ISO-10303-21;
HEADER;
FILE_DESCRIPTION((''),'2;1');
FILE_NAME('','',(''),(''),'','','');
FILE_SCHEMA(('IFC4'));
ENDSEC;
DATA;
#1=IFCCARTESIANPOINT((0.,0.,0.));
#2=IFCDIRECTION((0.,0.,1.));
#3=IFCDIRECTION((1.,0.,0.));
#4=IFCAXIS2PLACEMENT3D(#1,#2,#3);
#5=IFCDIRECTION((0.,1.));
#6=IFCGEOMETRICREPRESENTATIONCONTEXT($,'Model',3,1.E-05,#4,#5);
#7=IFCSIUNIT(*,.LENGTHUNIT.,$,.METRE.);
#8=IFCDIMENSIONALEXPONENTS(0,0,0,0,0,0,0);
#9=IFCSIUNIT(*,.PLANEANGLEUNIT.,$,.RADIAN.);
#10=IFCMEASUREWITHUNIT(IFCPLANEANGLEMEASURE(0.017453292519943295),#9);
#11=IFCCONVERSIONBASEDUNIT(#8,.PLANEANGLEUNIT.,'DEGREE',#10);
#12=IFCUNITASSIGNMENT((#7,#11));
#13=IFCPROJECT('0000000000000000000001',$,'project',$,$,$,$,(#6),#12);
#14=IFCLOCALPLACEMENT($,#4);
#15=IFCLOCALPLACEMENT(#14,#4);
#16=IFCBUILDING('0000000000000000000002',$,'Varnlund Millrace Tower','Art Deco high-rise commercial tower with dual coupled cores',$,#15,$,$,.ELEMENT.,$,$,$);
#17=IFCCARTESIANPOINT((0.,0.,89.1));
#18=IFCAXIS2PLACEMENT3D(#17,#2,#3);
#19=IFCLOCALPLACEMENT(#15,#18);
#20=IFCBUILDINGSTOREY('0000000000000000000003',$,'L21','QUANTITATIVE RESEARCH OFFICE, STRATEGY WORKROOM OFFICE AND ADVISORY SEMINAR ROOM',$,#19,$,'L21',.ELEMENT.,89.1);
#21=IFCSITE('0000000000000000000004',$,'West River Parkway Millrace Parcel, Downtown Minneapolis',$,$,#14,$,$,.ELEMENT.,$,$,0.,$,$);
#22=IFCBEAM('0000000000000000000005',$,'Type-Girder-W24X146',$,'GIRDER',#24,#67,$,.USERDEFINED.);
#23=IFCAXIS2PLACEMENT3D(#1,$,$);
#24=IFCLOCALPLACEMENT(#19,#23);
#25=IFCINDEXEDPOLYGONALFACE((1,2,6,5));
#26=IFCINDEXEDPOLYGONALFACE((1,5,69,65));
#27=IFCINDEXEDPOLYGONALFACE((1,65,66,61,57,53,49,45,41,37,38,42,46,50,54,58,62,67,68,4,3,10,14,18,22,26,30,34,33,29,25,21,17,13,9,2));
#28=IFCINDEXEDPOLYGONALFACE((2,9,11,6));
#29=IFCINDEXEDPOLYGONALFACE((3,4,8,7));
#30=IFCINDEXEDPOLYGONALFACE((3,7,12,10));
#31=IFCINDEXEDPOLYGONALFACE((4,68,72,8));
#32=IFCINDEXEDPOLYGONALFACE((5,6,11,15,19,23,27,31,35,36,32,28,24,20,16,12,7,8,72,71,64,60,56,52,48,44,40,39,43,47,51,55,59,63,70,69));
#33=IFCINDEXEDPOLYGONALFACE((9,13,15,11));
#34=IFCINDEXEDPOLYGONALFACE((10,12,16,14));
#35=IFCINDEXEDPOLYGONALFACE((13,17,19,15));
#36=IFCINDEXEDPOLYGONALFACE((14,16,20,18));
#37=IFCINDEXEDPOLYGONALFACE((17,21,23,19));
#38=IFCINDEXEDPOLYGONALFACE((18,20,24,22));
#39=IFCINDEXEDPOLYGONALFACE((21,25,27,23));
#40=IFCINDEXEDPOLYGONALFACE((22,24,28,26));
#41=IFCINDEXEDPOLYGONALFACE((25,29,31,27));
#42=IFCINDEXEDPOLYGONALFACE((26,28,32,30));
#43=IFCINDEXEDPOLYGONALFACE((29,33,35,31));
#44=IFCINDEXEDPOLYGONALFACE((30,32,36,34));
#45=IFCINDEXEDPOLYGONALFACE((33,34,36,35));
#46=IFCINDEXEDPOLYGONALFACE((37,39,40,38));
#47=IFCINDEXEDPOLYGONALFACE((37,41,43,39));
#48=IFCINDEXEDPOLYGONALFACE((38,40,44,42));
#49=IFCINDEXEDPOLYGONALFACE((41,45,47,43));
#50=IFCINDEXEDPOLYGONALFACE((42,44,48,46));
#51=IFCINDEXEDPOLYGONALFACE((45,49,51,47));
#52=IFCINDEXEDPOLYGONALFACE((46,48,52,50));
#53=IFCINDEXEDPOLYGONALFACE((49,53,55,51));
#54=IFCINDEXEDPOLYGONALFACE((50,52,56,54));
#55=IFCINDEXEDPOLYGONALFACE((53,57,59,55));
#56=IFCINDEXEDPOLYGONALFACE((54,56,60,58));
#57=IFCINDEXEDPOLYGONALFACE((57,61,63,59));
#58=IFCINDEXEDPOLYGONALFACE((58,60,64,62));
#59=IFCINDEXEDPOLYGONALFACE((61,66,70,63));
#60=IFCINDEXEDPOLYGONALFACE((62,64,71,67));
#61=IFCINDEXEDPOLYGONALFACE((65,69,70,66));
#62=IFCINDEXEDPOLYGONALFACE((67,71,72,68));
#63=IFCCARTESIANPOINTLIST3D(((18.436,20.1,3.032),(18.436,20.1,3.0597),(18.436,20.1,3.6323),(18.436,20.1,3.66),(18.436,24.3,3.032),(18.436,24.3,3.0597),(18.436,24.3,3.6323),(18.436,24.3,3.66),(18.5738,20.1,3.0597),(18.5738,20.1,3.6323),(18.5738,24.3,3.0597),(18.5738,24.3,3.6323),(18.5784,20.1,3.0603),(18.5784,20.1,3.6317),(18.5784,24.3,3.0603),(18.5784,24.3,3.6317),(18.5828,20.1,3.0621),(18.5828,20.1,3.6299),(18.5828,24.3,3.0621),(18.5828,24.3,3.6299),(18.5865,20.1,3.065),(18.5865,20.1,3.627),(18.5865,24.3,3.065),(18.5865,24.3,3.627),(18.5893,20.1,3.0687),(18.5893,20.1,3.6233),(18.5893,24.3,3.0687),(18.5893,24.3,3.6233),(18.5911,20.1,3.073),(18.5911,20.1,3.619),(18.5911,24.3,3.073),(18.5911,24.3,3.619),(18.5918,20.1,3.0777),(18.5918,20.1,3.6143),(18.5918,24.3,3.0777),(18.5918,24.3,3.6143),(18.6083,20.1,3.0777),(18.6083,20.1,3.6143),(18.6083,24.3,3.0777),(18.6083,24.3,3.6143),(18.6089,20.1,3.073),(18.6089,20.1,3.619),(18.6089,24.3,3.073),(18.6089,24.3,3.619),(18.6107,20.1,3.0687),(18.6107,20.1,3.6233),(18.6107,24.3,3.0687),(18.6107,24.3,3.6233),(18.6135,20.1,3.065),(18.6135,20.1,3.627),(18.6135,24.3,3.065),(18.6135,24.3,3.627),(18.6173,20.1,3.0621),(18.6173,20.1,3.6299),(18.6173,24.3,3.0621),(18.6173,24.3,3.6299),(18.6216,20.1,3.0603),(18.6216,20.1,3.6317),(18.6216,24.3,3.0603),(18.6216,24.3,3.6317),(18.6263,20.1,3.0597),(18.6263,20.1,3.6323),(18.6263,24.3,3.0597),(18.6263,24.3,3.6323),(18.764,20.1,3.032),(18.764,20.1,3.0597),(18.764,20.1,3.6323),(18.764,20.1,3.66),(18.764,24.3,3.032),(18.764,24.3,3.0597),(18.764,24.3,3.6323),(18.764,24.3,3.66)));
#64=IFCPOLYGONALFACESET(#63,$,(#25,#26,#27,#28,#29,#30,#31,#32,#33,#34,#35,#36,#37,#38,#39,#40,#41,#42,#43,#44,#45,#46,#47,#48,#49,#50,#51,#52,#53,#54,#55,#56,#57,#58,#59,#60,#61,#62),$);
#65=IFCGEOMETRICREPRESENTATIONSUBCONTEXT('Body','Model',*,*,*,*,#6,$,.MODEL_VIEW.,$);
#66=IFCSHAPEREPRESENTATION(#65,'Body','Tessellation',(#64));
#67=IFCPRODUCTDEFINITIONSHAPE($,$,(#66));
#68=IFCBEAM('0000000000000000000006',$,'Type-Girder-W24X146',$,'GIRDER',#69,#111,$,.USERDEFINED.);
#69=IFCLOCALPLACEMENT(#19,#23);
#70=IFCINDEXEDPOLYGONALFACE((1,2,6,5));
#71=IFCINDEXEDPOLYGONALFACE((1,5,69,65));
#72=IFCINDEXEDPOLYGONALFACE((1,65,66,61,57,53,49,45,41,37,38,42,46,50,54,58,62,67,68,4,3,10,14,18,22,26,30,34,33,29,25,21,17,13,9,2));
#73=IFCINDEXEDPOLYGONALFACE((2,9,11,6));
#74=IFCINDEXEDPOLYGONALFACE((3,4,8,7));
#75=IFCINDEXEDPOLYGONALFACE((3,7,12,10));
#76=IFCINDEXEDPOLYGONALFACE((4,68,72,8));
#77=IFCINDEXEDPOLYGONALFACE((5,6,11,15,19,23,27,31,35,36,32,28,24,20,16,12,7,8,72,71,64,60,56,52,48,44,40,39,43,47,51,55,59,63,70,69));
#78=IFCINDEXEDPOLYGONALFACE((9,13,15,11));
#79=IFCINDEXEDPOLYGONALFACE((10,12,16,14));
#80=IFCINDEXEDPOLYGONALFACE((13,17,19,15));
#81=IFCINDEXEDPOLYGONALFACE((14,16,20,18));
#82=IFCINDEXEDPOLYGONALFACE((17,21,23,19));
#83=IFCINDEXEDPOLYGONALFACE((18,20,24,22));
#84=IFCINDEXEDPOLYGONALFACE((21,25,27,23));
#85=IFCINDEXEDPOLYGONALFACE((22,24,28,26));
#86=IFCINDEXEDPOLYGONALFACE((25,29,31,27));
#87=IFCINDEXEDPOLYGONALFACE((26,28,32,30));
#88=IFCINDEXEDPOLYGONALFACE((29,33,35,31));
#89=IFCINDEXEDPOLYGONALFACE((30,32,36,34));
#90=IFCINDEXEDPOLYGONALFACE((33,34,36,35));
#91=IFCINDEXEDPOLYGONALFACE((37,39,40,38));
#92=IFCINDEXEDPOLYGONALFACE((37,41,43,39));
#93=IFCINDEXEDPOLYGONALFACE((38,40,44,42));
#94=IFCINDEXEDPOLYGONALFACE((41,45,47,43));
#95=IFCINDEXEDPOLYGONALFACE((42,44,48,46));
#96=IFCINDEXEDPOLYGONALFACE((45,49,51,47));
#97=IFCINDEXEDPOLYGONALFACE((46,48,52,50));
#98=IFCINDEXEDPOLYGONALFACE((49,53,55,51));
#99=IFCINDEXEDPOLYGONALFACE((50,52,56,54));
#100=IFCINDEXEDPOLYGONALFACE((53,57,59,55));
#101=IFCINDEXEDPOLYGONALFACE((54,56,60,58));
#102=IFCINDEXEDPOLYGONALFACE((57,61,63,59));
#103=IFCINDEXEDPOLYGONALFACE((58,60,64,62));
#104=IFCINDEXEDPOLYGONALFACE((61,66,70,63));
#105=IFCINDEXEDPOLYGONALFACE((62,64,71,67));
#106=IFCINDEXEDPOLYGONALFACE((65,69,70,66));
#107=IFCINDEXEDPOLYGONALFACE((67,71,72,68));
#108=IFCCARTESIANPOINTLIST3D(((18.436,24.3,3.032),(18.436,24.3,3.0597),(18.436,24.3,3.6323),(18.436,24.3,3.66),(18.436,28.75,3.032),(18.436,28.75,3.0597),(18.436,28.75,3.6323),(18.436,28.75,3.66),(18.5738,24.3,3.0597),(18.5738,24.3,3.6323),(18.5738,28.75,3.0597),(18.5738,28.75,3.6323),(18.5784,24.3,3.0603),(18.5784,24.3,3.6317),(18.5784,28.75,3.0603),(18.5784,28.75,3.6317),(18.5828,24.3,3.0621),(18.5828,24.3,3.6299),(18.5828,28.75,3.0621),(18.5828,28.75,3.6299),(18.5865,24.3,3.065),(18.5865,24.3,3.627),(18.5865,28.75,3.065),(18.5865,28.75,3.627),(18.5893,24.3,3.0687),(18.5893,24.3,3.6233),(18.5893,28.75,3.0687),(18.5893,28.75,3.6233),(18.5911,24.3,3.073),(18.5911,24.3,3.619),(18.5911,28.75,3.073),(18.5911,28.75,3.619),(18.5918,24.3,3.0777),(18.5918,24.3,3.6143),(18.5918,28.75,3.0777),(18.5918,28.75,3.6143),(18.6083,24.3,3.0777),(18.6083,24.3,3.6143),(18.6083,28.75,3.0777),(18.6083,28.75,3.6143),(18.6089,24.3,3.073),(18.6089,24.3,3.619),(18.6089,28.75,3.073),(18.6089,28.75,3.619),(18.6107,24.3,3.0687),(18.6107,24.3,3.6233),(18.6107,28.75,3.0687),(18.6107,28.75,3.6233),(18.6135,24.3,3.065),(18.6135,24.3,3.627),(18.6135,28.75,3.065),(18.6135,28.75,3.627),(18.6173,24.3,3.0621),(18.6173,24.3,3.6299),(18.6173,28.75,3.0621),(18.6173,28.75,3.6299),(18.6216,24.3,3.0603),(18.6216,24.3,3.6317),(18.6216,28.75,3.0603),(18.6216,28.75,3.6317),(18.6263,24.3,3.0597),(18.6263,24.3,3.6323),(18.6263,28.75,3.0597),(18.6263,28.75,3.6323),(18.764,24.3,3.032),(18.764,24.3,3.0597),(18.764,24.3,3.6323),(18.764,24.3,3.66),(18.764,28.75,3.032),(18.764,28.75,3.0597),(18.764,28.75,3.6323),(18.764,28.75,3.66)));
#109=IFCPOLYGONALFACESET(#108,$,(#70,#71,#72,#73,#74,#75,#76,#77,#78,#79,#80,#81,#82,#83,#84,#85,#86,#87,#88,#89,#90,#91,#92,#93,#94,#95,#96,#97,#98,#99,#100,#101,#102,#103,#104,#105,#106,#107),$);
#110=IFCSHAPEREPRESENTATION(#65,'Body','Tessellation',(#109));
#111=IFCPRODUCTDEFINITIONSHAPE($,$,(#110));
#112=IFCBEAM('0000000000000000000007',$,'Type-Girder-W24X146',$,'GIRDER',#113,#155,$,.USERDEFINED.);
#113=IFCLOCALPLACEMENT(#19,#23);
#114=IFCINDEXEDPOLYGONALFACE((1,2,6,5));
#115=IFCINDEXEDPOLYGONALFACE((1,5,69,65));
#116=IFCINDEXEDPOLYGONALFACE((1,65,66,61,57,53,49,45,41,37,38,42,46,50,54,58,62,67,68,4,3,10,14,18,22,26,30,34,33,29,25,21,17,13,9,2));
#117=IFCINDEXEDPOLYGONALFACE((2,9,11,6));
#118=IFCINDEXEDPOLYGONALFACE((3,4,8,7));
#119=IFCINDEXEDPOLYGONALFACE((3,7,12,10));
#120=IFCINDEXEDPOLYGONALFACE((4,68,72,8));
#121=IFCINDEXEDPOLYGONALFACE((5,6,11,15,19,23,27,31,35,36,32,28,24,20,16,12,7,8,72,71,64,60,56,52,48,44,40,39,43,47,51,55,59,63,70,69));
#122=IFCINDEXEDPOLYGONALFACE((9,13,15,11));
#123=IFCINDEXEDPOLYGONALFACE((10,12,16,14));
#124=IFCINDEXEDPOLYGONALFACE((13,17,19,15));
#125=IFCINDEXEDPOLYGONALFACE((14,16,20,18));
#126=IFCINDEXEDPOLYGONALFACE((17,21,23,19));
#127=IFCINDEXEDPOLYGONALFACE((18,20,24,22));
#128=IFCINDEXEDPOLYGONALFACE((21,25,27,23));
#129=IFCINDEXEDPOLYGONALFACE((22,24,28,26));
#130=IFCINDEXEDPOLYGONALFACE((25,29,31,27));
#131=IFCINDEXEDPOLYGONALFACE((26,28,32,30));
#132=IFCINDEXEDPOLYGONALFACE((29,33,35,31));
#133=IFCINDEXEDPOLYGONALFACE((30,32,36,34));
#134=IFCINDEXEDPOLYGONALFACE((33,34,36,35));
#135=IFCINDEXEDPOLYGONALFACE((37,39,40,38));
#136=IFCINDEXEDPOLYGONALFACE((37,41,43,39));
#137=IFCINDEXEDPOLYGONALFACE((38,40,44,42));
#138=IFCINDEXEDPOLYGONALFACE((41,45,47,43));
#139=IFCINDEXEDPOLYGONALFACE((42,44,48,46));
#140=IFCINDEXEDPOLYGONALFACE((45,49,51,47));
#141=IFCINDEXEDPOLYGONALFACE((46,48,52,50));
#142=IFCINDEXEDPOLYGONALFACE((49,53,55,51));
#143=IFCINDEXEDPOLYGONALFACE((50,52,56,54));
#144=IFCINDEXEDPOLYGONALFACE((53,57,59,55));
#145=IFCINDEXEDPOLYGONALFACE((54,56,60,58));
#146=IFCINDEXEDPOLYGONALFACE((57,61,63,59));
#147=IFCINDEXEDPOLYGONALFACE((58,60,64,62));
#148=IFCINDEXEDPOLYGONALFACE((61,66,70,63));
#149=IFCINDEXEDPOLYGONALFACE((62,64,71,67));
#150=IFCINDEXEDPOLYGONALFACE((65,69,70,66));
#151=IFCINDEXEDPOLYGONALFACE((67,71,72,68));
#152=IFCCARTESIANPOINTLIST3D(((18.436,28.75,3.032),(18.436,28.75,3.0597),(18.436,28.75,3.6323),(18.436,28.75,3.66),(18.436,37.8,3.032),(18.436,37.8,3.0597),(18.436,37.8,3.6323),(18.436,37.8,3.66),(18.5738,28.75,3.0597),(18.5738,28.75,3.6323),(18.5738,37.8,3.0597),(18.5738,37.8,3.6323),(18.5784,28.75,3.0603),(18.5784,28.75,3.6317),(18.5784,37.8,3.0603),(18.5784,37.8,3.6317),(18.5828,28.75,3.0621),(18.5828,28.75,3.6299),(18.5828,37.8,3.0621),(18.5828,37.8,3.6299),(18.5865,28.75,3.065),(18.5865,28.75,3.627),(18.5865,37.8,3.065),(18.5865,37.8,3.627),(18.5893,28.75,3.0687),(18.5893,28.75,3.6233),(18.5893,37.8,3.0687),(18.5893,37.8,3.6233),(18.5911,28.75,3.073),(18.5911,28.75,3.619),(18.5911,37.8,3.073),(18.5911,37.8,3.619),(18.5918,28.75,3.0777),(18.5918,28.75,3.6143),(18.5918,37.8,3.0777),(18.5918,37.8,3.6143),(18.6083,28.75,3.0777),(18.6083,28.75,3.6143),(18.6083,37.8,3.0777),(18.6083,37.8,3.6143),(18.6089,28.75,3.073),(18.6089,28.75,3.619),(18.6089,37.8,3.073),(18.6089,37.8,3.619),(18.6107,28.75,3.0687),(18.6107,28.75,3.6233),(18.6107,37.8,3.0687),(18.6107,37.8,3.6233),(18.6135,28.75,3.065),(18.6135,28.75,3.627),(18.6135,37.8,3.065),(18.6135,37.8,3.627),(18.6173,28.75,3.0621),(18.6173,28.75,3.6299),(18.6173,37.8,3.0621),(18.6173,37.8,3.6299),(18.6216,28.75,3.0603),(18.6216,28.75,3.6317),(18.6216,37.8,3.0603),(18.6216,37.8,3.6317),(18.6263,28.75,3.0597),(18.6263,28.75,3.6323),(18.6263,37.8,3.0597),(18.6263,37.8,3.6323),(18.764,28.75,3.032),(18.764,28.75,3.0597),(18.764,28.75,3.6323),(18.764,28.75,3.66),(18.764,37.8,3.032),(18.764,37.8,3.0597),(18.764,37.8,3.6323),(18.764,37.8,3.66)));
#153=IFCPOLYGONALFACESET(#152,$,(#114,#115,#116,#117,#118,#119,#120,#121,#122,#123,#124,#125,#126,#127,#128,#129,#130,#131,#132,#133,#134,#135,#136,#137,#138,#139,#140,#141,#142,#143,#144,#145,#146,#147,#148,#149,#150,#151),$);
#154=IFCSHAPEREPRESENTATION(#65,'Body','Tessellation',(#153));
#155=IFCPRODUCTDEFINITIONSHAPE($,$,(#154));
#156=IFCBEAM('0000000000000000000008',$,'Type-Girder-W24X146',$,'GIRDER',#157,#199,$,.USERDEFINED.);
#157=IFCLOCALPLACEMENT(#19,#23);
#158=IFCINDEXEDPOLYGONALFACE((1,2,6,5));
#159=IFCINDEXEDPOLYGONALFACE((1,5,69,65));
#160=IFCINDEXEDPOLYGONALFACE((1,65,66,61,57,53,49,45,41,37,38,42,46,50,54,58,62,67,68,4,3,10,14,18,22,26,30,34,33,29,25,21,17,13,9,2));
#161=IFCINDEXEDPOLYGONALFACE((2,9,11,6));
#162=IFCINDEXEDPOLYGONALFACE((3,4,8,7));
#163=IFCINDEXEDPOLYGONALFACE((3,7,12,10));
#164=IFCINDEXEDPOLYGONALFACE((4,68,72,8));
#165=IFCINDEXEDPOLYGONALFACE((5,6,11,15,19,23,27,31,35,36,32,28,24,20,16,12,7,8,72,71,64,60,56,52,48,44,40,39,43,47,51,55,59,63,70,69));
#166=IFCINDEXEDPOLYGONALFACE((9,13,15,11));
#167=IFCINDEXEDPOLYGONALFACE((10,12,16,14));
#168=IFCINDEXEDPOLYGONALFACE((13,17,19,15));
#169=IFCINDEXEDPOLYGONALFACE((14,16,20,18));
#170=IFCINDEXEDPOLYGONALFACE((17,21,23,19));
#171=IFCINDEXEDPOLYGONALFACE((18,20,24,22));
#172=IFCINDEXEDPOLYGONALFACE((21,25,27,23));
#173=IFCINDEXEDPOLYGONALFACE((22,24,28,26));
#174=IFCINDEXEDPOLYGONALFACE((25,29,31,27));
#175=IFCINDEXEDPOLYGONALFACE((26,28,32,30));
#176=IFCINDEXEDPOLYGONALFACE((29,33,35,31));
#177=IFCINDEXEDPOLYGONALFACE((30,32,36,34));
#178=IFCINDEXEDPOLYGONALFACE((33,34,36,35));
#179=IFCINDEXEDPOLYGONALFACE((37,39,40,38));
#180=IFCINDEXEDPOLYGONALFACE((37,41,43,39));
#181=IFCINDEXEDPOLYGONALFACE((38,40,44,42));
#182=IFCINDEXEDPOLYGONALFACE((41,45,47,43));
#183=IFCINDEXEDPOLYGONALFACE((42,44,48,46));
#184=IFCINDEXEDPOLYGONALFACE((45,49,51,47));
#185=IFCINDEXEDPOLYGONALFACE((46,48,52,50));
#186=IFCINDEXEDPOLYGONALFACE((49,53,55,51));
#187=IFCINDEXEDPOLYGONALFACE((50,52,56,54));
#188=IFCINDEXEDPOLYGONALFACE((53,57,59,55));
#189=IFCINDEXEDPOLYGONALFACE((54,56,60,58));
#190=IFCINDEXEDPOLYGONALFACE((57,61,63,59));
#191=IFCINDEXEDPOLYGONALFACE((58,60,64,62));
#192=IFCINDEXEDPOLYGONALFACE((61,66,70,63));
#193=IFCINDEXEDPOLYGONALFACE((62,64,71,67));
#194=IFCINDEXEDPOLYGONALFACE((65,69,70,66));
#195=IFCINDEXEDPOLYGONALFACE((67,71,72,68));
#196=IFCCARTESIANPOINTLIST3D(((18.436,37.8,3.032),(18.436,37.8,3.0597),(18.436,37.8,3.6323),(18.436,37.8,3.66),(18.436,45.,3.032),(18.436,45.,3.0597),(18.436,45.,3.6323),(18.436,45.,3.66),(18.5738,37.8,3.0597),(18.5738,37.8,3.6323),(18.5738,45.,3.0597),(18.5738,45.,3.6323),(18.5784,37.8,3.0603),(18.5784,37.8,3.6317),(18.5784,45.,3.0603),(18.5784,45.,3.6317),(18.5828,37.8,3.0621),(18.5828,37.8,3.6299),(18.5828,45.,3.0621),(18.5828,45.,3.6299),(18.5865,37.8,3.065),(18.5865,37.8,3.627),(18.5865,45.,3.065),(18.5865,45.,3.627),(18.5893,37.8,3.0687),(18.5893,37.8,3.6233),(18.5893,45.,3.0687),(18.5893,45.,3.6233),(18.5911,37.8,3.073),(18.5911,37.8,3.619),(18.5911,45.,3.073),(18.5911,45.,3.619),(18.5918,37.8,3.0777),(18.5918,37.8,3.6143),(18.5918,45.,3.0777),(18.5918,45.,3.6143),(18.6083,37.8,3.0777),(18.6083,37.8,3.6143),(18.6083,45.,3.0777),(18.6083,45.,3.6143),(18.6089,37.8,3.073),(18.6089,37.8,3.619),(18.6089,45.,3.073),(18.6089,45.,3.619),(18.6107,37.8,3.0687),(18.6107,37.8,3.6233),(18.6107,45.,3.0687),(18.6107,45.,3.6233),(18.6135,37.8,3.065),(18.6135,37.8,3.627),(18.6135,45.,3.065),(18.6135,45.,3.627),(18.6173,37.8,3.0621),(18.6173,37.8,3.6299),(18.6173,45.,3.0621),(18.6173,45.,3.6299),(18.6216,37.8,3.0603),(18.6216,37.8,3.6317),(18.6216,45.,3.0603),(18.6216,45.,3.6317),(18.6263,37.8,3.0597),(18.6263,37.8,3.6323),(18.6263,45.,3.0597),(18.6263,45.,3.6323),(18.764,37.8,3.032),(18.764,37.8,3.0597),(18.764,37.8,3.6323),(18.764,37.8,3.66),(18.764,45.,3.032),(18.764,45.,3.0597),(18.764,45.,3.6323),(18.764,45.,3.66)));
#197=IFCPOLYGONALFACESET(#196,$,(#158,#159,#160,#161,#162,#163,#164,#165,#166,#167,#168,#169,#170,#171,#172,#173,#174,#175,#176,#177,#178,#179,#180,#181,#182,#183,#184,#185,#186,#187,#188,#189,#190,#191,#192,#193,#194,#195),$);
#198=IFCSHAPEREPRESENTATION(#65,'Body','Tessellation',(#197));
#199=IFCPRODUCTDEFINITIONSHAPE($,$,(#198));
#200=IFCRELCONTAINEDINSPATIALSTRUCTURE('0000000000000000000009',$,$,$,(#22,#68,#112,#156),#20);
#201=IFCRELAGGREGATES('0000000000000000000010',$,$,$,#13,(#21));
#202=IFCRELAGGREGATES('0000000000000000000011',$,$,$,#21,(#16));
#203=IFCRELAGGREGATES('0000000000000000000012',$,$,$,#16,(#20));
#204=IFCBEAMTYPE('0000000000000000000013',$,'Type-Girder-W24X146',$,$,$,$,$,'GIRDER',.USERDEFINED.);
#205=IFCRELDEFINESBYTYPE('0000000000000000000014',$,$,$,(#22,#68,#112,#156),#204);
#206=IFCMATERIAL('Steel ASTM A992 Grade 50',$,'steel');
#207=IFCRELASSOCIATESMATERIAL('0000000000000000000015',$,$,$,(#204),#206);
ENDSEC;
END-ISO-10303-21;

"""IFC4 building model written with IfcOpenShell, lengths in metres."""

from ifc_helpers import new_model, entity, si_unit, converted_unit, direction, frame, origin_with_axes, origin_2d_with_axis, place, context, subcontext, project, spatial, i_section, extrude, material, material_profile, profile_set, type_object, element, save


model = new_model("IFC4")

# Units and contexts
model_context = context("Model", 3, precision=1e-05, world=origin_with_axes(), true_north=direction((0.0, 1.0)))
body_context = subcontext(model_context, "Body", "Model", "MODEL_VIEW")
ifc_project = project(units=[si_unit("LENGTHUNIT", "METRE"), converted_unit("PLANEANGLEUNIT", "DEGREE", entity("IfcPlaneAngleMeasure", 0.017453292519943295), si_unit("PLANEANGLEUNIT", "RADIAN"), dimensions=[0, 0, 0, 0, 0, 0, 0])], contexts=[model_context])

# Site, building, storey
site_placement = place(None, origin_with_axes())
site = spatial("IfcSite", under=ifc_project, at=site_placement, Name="West River Parkway Millrace Parcel, Downtown Minneapolis", CompositionType="ELEMENT", RefElevation=0.0)
building_placement = place(site_placement, origin_with_axes())
building = spatial("IfcBuilding", under=site, at=building_placement, Name="Varnlund Millrace Tower", Description="Art Deco high-rise commercial tower with dual coupled cores", CompositionType="ELEMENT")
storey_placement = place(building_placement, frame((0.0, 0.0, 89.1), z_axis=(0.0, 0.0, 1.0), x_axis=(1.0, 0.0, 0.0)))
storey = spatial("IfcBuildingStorey", under=building, at=storey_placement, Name="L21", Description="QUANTITATIVE RESEARCH OFFICE, STRATEGY WORKROOM OFFICE AND ADVISORY SEMINAR ROOM", LongName="L21", CompositionType="ELEMENT", Elevation=89.1)

# Beams
ifc_material_1 = material(Name="Steel ASTM A992 Grade 50", Category="steel")
ifc_material_profile_1 = material_profile(ifc_material_1, i_section(OverallWidth=0.328, OverallDepth=0.628, WebThickness=0.0165, FlangeThickness=0.0277, FilletRadius=0.018, at=origin_2d_with_axis()), Name="Steel ASTM A992 Grade 50")
ifc_profile_set_1 = profile_set([ifc_material_profile_1], Name="Steel ASTM A992 Grade 50")
beam_type_1 = type_object("IfcBeamType", Name="Type-Girder-W24X146", ElementType="GIRDER", PredefinedType="USERDEFINED", material=ifc_profile_set_1)
beam_1_placement = place(storey_placement, frame((18.6, 20.1, 3.346), z_axis=(0.0, 1.0, 0.0), x_axis=(-1.0, 0.0, 0.0)))
element("IfcBeam", 1, at=beam_1_placement, inside=storey, type_object=beam_type_1, Name="Type-Girder-W24X146", ObjectType="GIRDER", PredefinedType="USERDEFINED", context=body_context, shape_type="SweptSolid", body=[
    extrude(i_section(OverallWidth=0.328, OverallDepth=0.628, WebThickness=0.0165, FlangeThickness=0.0277, FilletRadius=0.018, at=origin_2d_with_axis()), origin_with_axes(), (0.0, 0.0, 1.0), 4.2),
])
beam_2_placement = place(storey_placement, frame((18.6, 24.3, 3.346), z_axis=(0.0, 1.0, 0.0), x_axis=(-1.0, 0.0, 0.0)))
element("IfcBeam", 2, at=beam_2_placement, inside=storey, type_object=beam_type_1, Name="Type-Girder-W24X146", ObjectType="GIRDER", PredefinedType="USERDEFINED", context=body_context, shape_type="SweptSolid", body=[
    extrude(i_section(OverallWidth=0.328, OverallDepth=0.628, WebThickness=0.0165, FlangeThickness=0.0277, FilletRadius=0.018, at=origin_2d_with_axis()), origin_with_axes(), (0.0, 0.0, 1.0), 4.45),
])
beam_3_placement = place(storey_placement, frame((18.6, 28.75, 3.346), z_axis=(0.0, 1.0, 0.0), x_axis=(-1.0, 0.0, 0.0)))
element("IfcBeam", 3, at=beam_3_placement, inside=storey, type_object=beam_type_1, Name="Type-Girder-W24X146", ObjectType="GIRDER", PredefinedType="USERDEFINED", context=body_context, shape_type="SweptSolid", body=[
    extrude(i_section(OverallWidth=0.328, OverallDepth=0.628, WebThickness=0.0165, FlangeThickness=0.0277, FilletRadius=0.018, at=origin_2d_with_axis()), origin_with_axes(), (0.0, 0.0, 1.0), 9.05),
])
beam_4_placement = place(storey_placement, frame((18.6, 37.8, 3.346), z_axis=(0.0, 1.0, 0.0), x_axis=(-1.0, 0.0, 0.0)))
element("IfcBeam", 4, at=beam_4_placement, inside=storey, type_object=beam_type_1, Name="Type-Girder-W24X146", ObjectType="GIRDER", PredefinedType="USERDEFINED", context=body_context, shape_type="SweptSolid", body=[
    extrude(i_section(OverallWidth=0.328, OverallDepth=0.628, WebThickness=0.0165, FlangeThickness=0.0277, FilletRadius=0.018, at=origin_2d_with_axis()), origin_with_axes(), (0.0, 0.0, 1.0), 7.2),
])

save(model, "model.ifc")
